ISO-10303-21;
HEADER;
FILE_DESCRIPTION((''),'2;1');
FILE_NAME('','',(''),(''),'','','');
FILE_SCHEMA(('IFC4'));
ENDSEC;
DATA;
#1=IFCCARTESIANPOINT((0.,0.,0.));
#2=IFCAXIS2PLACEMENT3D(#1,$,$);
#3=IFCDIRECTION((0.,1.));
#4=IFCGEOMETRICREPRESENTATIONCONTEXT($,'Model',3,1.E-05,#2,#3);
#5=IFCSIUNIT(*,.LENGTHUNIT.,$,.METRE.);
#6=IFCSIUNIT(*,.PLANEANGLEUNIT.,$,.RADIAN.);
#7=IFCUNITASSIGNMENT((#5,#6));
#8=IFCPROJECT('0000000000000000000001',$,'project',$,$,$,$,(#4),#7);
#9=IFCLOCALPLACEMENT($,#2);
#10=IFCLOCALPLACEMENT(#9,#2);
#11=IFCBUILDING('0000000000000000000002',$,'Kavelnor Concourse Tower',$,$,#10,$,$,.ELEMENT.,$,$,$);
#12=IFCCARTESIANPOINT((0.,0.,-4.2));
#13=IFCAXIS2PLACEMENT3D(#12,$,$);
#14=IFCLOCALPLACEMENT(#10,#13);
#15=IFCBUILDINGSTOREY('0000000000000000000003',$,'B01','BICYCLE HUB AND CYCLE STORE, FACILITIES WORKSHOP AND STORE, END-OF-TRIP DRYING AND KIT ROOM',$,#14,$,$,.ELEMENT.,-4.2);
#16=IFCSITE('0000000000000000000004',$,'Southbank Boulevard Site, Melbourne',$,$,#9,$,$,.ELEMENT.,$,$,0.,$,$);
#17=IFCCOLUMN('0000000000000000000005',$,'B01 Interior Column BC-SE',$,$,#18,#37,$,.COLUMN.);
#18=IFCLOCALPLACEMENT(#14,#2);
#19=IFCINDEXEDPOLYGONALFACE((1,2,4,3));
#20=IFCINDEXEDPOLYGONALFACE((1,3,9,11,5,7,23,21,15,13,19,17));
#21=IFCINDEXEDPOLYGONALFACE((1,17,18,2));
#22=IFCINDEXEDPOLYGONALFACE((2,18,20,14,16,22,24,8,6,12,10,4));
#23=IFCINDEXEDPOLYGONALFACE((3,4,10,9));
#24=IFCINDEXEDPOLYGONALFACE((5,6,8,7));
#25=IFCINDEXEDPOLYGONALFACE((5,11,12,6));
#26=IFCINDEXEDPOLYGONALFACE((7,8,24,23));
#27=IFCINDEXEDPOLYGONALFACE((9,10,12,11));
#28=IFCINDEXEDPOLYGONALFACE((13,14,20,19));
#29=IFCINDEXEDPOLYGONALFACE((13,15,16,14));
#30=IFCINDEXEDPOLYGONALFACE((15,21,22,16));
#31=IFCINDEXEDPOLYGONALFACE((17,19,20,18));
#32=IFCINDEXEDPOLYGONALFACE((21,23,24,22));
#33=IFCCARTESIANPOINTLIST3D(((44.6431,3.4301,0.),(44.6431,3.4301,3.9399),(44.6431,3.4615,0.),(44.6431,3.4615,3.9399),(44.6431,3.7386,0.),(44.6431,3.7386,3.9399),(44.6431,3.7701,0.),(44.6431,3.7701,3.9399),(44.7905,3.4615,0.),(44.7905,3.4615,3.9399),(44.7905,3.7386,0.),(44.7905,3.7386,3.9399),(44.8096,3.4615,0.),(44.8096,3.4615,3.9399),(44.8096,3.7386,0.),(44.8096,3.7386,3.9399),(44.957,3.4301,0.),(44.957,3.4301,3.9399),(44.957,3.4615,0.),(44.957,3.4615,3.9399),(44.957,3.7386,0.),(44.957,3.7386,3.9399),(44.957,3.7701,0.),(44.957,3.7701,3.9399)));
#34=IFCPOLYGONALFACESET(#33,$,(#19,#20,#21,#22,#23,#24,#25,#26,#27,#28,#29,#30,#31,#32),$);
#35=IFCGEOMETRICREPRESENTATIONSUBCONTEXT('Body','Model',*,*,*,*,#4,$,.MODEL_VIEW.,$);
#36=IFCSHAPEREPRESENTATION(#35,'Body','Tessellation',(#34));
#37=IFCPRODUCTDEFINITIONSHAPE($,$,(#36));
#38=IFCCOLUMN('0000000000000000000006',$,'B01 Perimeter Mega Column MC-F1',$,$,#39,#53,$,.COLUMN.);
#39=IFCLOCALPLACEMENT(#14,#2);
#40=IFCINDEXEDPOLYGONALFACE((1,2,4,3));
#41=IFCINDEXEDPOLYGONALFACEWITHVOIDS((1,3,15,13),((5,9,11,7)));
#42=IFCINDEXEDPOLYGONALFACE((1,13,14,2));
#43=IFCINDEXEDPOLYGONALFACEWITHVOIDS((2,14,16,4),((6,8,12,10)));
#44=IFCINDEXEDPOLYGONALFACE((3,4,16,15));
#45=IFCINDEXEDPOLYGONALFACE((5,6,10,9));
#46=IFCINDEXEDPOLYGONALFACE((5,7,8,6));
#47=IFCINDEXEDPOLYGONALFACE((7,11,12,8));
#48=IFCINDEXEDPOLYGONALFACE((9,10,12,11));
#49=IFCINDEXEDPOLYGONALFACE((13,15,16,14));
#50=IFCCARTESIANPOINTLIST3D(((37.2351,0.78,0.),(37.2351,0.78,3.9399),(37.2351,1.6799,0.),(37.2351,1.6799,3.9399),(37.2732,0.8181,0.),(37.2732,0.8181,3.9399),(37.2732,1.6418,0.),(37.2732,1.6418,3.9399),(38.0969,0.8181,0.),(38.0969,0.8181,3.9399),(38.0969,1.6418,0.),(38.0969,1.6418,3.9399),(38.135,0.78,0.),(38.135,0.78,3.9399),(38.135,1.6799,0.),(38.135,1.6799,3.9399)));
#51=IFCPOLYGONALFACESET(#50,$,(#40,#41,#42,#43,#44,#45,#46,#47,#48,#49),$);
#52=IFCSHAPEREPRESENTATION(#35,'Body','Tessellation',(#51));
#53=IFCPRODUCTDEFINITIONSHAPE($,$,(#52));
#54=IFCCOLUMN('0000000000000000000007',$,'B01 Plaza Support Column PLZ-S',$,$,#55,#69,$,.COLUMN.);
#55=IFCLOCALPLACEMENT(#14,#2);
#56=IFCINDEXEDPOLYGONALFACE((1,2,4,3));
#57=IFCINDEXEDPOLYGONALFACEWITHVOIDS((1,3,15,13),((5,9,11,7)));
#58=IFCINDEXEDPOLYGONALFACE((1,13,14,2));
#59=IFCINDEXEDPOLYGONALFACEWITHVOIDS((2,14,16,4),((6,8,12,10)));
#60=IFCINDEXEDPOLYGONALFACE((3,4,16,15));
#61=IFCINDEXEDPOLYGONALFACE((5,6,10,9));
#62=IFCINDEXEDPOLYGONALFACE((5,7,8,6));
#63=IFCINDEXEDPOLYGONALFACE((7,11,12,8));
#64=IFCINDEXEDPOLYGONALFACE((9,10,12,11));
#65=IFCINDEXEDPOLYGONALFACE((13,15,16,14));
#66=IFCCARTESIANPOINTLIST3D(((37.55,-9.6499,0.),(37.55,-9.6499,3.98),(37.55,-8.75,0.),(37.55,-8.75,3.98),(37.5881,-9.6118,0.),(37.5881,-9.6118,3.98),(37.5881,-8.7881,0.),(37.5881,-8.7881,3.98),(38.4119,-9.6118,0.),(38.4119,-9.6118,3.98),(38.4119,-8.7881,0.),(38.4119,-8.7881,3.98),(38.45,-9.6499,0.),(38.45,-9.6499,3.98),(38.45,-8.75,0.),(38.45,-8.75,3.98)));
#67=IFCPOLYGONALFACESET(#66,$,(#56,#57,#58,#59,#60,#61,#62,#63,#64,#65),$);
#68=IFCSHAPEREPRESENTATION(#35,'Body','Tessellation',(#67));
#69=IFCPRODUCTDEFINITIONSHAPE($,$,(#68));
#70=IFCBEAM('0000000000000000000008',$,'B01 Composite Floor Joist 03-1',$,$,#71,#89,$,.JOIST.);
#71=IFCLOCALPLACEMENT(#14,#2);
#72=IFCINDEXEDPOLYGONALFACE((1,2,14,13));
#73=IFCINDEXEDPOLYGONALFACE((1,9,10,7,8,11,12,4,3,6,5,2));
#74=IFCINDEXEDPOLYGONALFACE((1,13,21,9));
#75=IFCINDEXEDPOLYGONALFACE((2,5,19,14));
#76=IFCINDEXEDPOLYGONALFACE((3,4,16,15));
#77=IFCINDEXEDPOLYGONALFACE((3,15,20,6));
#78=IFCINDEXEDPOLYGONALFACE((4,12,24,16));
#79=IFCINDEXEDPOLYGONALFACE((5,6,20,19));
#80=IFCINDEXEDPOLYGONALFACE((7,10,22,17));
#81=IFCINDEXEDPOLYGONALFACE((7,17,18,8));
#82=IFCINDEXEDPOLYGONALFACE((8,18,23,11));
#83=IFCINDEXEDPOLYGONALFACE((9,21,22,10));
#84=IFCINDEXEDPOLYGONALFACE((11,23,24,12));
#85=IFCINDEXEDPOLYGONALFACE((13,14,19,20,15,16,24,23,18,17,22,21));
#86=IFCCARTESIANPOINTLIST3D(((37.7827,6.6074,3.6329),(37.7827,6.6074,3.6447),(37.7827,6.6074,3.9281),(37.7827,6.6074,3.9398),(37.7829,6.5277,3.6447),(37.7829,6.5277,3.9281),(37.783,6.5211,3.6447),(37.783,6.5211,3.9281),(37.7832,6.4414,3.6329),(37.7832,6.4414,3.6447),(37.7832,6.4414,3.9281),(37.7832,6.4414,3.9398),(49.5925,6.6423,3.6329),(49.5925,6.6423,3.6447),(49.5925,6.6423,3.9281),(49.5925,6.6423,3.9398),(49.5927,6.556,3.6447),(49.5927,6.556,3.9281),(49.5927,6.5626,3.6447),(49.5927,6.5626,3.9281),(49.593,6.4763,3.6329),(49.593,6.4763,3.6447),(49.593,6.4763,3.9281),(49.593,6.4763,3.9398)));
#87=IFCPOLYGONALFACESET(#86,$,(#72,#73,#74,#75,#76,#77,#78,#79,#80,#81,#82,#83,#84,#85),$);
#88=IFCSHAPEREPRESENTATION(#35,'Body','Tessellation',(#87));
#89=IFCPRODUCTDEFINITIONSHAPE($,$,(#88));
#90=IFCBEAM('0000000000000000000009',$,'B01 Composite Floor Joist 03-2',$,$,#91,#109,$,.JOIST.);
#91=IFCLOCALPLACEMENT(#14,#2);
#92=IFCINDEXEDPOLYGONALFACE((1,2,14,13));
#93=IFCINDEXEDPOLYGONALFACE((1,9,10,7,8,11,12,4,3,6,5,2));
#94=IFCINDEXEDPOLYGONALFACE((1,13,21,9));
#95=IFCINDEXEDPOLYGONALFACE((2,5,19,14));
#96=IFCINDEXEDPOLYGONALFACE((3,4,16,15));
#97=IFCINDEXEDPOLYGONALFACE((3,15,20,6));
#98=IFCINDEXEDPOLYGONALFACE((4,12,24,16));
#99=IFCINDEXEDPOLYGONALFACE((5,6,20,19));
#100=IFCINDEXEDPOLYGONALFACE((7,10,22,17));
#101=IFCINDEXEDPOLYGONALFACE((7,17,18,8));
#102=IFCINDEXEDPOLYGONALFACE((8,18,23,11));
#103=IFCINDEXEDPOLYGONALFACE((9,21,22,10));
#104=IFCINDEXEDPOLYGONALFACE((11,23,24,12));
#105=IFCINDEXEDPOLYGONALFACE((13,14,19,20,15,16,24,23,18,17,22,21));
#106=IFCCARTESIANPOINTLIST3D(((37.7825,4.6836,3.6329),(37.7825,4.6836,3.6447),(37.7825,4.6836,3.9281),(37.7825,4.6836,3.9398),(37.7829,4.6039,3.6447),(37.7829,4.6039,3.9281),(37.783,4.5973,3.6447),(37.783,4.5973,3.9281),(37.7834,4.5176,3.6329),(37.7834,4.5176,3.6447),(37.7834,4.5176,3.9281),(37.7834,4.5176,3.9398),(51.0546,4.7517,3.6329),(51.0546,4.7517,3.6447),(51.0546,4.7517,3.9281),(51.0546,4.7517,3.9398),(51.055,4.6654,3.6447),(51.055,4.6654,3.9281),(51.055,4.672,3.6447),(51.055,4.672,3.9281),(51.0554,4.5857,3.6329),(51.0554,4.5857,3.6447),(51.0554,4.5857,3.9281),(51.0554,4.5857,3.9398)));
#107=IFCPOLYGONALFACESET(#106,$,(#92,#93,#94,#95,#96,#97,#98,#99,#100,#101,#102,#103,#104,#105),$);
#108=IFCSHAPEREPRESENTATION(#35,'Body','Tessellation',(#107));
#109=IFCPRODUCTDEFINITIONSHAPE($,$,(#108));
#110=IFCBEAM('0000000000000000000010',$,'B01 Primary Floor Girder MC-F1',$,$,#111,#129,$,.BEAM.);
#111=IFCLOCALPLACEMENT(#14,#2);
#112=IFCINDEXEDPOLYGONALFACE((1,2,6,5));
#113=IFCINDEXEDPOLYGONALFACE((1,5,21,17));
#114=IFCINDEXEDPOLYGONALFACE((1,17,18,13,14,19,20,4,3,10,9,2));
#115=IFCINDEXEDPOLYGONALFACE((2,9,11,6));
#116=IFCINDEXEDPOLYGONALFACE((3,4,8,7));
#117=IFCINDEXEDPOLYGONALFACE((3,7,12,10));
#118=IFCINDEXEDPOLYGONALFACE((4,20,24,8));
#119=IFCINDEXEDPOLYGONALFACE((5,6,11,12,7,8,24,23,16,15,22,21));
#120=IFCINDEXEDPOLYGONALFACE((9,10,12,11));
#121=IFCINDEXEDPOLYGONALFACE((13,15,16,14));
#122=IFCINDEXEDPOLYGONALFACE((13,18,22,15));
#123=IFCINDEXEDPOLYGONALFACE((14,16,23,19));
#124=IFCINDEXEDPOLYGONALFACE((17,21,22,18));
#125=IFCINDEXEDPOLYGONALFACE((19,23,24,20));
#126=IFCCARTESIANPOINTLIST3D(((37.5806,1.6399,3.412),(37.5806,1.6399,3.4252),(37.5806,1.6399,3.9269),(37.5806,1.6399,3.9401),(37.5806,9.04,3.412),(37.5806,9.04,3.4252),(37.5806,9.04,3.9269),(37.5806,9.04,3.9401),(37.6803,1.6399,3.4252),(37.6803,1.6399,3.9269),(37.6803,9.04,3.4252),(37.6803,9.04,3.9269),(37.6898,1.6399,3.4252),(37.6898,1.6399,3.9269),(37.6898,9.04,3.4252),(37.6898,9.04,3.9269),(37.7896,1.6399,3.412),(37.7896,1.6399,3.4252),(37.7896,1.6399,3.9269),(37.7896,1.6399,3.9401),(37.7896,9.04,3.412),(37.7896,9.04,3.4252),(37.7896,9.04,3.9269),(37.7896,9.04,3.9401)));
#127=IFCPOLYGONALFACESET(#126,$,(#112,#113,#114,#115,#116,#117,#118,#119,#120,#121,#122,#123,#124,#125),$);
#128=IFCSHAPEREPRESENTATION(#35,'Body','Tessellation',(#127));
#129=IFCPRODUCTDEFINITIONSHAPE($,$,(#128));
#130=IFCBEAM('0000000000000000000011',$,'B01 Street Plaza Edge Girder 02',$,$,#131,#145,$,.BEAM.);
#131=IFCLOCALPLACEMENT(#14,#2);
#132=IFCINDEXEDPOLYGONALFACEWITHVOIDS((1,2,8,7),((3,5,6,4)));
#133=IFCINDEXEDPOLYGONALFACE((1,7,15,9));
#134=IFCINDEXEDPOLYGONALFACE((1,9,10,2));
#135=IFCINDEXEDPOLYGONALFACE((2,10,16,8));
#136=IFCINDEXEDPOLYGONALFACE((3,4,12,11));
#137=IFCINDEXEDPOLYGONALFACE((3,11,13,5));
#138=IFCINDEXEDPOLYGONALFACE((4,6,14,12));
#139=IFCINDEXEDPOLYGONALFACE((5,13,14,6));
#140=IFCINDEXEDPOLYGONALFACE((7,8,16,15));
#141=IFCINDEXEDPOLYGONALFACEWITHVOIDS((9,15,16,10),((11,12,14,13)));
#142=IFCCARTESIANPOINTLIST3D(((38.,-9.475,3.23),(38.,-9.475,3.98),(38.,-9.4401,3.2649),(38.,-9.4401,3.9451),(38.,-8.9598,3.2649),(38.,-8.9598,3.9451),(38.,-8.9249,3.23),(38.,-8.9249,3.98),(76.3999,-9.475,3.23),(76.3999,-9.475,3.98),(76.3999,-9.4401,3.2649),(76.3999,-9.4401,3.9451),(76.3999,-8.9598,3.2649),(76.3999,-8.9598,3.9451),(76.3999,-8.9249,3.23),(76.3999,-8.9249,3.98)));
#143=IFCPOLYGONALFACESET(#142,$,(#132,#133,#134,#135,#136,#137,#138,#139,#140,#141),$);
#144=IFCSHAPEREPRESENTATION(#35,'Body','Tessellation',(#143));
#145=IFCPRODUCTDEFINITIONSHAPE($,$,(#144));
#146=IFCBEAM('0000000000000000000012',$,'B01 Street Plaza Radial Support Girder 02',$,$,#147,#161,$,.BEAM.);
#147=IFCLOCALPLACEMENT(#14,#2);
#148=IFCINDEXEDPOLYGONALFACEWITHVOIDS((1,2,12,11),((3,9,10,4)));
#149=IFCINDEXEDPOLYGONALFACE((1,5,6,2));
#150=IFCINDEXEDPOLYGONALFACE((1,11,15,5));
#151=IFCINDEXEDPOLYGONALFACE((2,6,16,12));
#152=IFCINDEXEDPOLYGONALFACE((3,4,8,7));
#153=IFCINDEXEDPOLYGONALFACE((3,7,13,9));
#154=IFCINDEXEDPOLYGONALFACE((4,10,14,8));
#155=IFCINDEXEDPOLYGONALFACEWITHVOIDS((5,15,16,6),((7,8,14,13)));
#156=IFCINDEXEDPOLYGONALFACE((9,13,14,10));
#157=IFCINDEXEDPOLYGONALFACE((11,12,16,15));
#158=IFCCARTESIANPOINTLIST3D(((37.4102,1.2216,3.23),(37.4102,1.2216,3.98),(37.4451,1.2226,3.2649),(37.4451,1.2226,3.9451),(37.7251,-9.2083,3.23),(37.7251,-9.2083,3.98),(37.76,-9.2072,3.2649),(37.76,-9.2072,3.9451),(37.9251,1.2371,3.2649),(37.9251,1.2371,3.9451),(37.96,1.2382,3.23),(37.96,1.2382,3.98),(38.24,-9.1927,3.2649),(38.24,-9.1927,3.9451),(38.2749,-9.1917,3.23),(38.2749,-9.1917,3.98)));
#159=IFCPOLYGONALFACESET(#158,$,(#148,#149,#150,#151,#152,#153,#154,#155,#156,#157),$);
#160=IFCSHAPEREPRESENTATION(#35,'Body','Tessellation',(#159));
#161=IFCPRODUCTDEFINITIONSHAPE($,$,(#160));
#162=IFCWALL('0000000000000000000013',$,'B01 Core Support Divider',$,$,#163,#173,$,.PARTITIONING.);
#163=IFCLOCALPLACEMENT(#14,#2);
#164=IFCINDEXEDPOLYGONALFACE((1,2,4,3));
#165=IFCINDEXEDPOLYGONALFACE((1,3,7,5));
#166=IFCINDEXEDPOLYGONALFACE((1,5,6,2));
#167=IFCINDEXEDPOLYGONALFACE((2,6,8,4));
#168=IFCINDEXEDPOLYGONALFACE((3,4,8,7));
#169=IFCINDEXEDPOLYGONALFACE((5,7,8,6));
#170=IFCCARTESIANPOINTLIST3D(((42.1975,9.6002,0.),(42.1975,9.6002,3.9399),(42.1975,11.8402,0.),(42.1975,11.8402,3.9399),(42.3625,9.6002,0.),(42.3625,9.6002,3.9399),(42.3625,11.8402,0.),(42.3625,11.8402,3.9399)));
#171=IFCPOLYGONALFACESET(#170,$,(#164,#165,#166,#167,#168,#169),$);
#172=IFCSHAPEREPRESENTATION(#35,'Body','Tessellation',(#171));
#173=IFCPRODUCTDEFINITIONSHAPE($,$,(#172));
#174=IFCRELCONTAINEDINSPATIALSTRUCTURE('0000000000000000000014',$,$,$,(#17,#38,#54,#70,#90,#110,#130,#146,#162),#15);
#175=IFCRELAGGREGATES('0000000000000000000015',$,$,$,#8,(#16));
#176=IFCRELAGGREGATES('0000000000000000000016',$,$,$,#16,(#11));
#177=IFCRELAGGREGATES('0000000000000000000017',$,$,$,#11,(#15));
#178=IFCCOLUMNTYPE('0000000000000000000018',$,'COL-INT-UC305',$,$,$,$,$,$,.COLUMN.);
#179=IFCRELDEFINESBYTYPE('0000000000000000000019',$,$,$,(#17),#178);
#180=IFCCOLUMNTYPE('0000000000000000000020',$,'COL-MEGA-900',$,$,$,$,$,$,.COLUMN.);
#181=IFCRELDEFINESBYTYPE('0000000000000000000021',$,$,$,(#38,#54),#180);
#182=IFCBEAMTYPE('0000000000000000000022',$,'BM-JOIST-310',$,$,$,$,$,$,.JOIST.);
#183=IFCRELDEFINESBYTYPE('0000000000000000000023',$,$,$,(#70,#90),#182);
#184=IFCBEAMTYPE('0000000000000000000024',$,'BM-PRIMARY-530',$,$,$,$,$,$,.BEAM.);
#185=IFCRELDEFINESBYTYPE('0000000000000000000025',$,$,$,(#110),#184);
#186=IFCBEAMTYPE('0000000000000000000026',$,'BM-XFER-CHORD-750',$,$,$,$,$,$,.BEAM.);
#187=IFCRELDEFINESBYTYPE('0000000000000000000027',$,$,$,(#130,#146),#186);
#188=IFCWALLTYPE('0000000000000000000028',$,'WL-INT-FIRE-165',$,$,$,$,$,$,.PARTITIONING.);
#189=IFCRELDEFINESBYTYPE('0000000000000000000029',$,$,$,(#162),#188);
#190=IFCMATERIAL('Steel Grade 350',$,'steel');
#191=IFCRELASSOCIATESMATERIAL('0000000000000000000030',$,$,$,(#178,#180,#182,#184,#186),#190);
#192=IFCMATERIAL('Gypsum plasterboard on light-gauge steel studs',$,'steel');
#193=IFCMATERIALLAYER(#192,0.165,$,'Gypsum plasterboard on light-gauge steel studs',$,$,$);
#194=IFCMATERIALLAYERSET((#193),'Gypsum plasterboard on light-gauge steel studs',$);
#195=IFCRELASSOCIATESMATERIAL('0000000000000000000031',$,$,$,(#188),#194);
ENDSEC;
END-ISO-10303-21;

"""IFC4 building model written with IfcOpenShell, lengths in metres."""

from ifc_helpers import new_model, si_unit, direction, frame, frame_2d, origin, origin_2d, place, context, subcontext, project, spatial, rectangle, hollow_rectangle, i_section, extrude, material, layer, layer_set, material_profile, profile_set, type_object, element, save


model = new_model("IFC4")

# Units and contexts
model_context = context("Model", 3, precision=1e-05, world=origin(), true_north=direction((0.0, 1.0)))
body_context = subcontext(model_context, "Body", "Model", "MODEL_VIEW")
ifc_project = project(units=[si_unit("LENGTHUNIT", "METRE"), si_unit("PLANEANGLEUNIT", "RADIAN")], contexts=[model_context])

# Site, building, storey
site_placement = place(None, origin())
site = spatial("IfcSite", under=ifc_project, at=site_placement, Name="Southbank Boulevard Site, Melbourne", CompositionType="ELEMENT", RefElevation=0.0)
building_placement = place(site_placement, origin())
building = spatial("IfcBuilding", under=site, at=building_placement, Name="Kavelnor Concourse Tower", CompositionType="ELEMENT")
storey_placement = place(building_placement, frame((0.0, 0.0, -4.2)))
storey = spatial("IfcBuildingStorey", under=building, at=storey_placement, Name="B01", Description="BICYCLE HUB AND CYCLE STORE, FACILITIES WORKSHOP AND STORE, END-OF-TRIP DRYING AND KIT ROOM", CompositionType="ELEMENT", Elevation=-4.2)

# Columns
ifc_material_1 = material(Name="Steel Grade 350", Category="steel")
ifc_material_profile_1 = material_profile(ifc_material_1, i_section(OverallWidth=0.314, OverallDepth=0.3401, WebThickness=0.019, FlangeThickness=0.0315, at=origin_2d()), Name="UC 305x305x198")
ifc_profile_set_1 = profile_set([ifc_material_profile_1], Name="Steel Grade 350")
column_type_1 = type_object("IfcColumnType", Name="COL-INT-UC305", PredefinedType="COLUMN", material=ifc_profile_set_1)
column_1_placement = place(storey_placement, frame((44.8, 3.6001, 0.0), z_axis=(0.0, 0.0, 1.0), x_axis=(1.0, 0.0, 0.0)))
element("IfcColumn", 1, at=column_1_placement, inside=storey, type_object=column_type_1, Name="B01 Interior Column BC-SE", PredefinedType="COLUMN", context=body_context, shape_type="SweptSolid", body=[
    extrude(i_section(OverallWidth=0.314, OverallDepth=0.3401, WebThickness=0.019, FlangeThickness=0.0315, at=origin_2d()), origin(), (0.0, 0.0, 1.0), 3.9399),
])
ifc_material_profile_2 = material_profile(ifc_material_1, hollow_rectangle(XDim=0.8999, YDim=0.8999, WallThickness=0.0381, at=origin_2d()), Name="SHS 900x900x38")
ifc_profile_set_2 = profile_set([ifc_material_profile_2], Name="Steel Grade 350")
column_type_2 = type_object("IfcColumnType", Name="COL-MEGA-900", PredefinedType="COLUMN", material=ifc_profile_set_2)
column_2_placement = place(storey_placement, frame((37.6851, 1.23, 0.0), z_axis=(0.0, 0.0, 1.0), x_axis=(1.0, 0.0, 0.0)))
element("IfcColumn", 2, at=column_2_placement, inside=storey, type_object=column_type_2, Name="B01 Perimeter Mega Column MC-F1", PredefinedType="COLUMN", context=body_context, shape_type="SweptSolid", body=[
    extrude(hollow_rectangle(XDim=0.8999, YDim=0.8999, WallThickness=0.0381, at=origin_2d()), origin(), (0.0, 0.0, 1.0), 3.9399),
])
column_3_placement = place(storey_placement, frame((38.0, -9.2, 0.0), z_axis=(0.0, 0.0, 1.0), x_axis=(1.0, 0.0, 0.0)))
element("IfcColumn", 3, at=column_3_placement, inside=storey, type_object=column_type_2, Name="B01 Plaza Support Column PLZ-S", PredefinedType="COLUMN", context=body_context, shape_type="SweptSolid", body=[
    extrude(hollow_rectangle(XDim=0.8999, YDim=0.8999, WallThickness=0.0381, at=origin_2d()), origin(), (0.0, 0.0, 1.0), 3.98),
])

# Beams
ifc_material_profile_3 = material_profile(ifc_material_1, i_section(OverallWidth=0.166, OverallDepth=0.3069, WebThickness=0.0066, FlangeThickness=0.0117, at=origin_2d()), Name="310UB46")
ifc_profile_set_3 = profile_set([ifc_material_profile_3], Name="Steel Grade 350")
beam_type_1 = type_object("IfcBeamType", Name="BM-JOIST-310", PredefinedType="JOIST", material=ifc_profile_set_3)
beam_1_placement = place(storey_placement, frame((37.783, 6.5244, 3.7864), z_axis=(0.999996, 0.002956, 0.0), x_axis=(-0.002956, 0.999996, 0.0)))
element("IfcBeam", 4, at=beam_1_placement, inside=storey, type_object=beam_type_1, Name="B01 Composite Floor Joist 03-1", PredefinedType="JOIST", context=body_context, shape_type="SweptSolid", body=[
    extrude(i_section(OverallWidth=0.166, OverallDepth=0.3069, WebThickness=0.0066, FlangeThickness=0.0117, at=origin_2d()), origin(), (0.0, 0.0, 1.0), 11.8098),
])
beam_2_placement = place(storey_placement, frame((37.783, 4.6006, 3.7864), z_axis=(0.999987, 0.005132, 0.0), x_axis=(-0.005132, 0.999987, 0.0)))
element("IfcBeam", 5, at=beam_2_placement, inside=storey, type_object=beam_type_1, Name="B01 Composite Floor Joist 03-2", PredefinedType="JOIST", context=body_context, shape_type="SweptSolid", body=[
    extrude(i_section(OverallWidth=0.166, OverallDepth=0.3069, WebThickness=0.0066, FlangeThickness=0.0117, at=origin_2d()), origin(), (0.0, 0.0, 1.0), 13.2722),
])
ifc_material_profile_4 = material_profile(ifc_material_1, i_section(OverallWidth=0.209, OverallDepth=0.5281, WebThickness=0.0095, FlangeThickness=0.0132, at=origin_2d()), Name="530UB82")
ifc_profile_set_4 = profile_set([ifc_material_profile_4], Name="Steel Grade 350")
beam_type_2 = type_object("IfcBeamType", Name="BM-PRIMARY-530", PredefinedType="BEAM", material=ifc_profile_set_4)
beam_3_placement = place(storey_placement, frame((37.6851, 9.04, 3.676), z_axis=(0.0, -1.0, 0.0), x_axis=(1.0, 0.0, 0.0)))
element("IfcBeam", 6, at=beam_3_placement, inside=storey, type_object=beam_type_2, Name="B01 Primary Floor Girder MC-F1", PredefinedType="BEAM", context=body_context, shape_type="SweptSolid", body=[
    extrude(i_section(OverallWidth=0.209, OverallDepth=0.5281, WebThickness=0.0095, FlangeThickness=0.0132, at=origin_2d()), origin(), (0.0, 0.0, 1.0), 7.4001),
])
ifc_material_profile_5 = material_profile(ifc_material_1, hollow_rectangle(XDim=0.55, YDim=0.75, WallThickness=0.0349, at=origin_2d()), Name="RHS 750x550x35")
ifc_profile_set_5 = profile_set([ifc_material_profile_5], Name="Steel Grade 350")
beam_type_3 = type_object("IfcBeamType", Name="BM-XFER-CHORD-750", PredefinedType="BEAM", material=ifc_profile_set_5)
beam_4_placement = place(storey_placement, frame((38.0, -9.2, 3.605), z_axis=(1.0, 0.0, 0.0), x_axis=(0.0, 1.0, 0.0)))
element("IfcBeam", 7, at=beam_4_placement, inside=storey, type_object=beam_type_3, Name="B01 Street Plaza Edge Girder 02", PredefinedType="BEAM", context=body_context, shape_type="SweptSolid", body=[
    extrude(hollow_rectangle(XDim=0.55, YDim=0.75, WallThickness=0.0349, at=origin_2d()), origin(), (0.0, 0.0, 1.0), 38.3999),
])
beam_5_placement = place(storey_placement, frame((38.0, -9.2, 3.605), z_axis=(-0.030182, 0.999544, 0.0), x_axis=(-0.999544, -0.030182, 0.0)))
element("IfcBeam", 8, at=beam_5_placement, inside=storey, type_object=beam_type_3, Name="B01 Street Plaza Radial Support Girder 02", PredefinedType="BEAM", context=body_context, shape_type="SweptSolid", body=[
    extrude(hollow_rectangle(XDim=0.55, YDim=0.75, WallThickness=0.0349, at=origin_2d()), origin(), (0.0, 0.0, 1.0), 10.4346),
])

# Wall
ifc_material_2 = material(Name="Gypsum plasterboard on light-gauge steel studs", Category="steel")
ifc_layer_1 = layer(ifc_material_2, 0.165, Name="Gypsum plasterboard on light-gauge steel studs")
ifc_layer_set_1 = layer_set([ifc_layer_1], Name="Gypsum plasterboard on light-gauge steel studs")
wall_type_1 = type_object("IfcWallType", Name="WL-INT-FIRE-165", PredefinedType="PARTITIONING", material=ifc_layer_set_1)
wall_1_placement = place(storey_placement, frame((42.28, 9.6001, 0.0), z_axis=(0.0, 0.0, 1.0), x_axis=(0.0, 1.0, 0.0)))
element("IfcWall", 9, at=wall_1_placement, inside=storey, type_object=wall_type_1, Name="B01 Core Support Divider", PredefinedType="PARTITIONING", context=body_context, shape_type="SweptSolid", body=[
    extrude(rectangle(XDim=2.24, YDim=0.165, at=frame_2d((1.1201, 0.0))), origin(), (0.0, 0.0, 1.0), 3.9399),
])

save(model, "model.ifc")
